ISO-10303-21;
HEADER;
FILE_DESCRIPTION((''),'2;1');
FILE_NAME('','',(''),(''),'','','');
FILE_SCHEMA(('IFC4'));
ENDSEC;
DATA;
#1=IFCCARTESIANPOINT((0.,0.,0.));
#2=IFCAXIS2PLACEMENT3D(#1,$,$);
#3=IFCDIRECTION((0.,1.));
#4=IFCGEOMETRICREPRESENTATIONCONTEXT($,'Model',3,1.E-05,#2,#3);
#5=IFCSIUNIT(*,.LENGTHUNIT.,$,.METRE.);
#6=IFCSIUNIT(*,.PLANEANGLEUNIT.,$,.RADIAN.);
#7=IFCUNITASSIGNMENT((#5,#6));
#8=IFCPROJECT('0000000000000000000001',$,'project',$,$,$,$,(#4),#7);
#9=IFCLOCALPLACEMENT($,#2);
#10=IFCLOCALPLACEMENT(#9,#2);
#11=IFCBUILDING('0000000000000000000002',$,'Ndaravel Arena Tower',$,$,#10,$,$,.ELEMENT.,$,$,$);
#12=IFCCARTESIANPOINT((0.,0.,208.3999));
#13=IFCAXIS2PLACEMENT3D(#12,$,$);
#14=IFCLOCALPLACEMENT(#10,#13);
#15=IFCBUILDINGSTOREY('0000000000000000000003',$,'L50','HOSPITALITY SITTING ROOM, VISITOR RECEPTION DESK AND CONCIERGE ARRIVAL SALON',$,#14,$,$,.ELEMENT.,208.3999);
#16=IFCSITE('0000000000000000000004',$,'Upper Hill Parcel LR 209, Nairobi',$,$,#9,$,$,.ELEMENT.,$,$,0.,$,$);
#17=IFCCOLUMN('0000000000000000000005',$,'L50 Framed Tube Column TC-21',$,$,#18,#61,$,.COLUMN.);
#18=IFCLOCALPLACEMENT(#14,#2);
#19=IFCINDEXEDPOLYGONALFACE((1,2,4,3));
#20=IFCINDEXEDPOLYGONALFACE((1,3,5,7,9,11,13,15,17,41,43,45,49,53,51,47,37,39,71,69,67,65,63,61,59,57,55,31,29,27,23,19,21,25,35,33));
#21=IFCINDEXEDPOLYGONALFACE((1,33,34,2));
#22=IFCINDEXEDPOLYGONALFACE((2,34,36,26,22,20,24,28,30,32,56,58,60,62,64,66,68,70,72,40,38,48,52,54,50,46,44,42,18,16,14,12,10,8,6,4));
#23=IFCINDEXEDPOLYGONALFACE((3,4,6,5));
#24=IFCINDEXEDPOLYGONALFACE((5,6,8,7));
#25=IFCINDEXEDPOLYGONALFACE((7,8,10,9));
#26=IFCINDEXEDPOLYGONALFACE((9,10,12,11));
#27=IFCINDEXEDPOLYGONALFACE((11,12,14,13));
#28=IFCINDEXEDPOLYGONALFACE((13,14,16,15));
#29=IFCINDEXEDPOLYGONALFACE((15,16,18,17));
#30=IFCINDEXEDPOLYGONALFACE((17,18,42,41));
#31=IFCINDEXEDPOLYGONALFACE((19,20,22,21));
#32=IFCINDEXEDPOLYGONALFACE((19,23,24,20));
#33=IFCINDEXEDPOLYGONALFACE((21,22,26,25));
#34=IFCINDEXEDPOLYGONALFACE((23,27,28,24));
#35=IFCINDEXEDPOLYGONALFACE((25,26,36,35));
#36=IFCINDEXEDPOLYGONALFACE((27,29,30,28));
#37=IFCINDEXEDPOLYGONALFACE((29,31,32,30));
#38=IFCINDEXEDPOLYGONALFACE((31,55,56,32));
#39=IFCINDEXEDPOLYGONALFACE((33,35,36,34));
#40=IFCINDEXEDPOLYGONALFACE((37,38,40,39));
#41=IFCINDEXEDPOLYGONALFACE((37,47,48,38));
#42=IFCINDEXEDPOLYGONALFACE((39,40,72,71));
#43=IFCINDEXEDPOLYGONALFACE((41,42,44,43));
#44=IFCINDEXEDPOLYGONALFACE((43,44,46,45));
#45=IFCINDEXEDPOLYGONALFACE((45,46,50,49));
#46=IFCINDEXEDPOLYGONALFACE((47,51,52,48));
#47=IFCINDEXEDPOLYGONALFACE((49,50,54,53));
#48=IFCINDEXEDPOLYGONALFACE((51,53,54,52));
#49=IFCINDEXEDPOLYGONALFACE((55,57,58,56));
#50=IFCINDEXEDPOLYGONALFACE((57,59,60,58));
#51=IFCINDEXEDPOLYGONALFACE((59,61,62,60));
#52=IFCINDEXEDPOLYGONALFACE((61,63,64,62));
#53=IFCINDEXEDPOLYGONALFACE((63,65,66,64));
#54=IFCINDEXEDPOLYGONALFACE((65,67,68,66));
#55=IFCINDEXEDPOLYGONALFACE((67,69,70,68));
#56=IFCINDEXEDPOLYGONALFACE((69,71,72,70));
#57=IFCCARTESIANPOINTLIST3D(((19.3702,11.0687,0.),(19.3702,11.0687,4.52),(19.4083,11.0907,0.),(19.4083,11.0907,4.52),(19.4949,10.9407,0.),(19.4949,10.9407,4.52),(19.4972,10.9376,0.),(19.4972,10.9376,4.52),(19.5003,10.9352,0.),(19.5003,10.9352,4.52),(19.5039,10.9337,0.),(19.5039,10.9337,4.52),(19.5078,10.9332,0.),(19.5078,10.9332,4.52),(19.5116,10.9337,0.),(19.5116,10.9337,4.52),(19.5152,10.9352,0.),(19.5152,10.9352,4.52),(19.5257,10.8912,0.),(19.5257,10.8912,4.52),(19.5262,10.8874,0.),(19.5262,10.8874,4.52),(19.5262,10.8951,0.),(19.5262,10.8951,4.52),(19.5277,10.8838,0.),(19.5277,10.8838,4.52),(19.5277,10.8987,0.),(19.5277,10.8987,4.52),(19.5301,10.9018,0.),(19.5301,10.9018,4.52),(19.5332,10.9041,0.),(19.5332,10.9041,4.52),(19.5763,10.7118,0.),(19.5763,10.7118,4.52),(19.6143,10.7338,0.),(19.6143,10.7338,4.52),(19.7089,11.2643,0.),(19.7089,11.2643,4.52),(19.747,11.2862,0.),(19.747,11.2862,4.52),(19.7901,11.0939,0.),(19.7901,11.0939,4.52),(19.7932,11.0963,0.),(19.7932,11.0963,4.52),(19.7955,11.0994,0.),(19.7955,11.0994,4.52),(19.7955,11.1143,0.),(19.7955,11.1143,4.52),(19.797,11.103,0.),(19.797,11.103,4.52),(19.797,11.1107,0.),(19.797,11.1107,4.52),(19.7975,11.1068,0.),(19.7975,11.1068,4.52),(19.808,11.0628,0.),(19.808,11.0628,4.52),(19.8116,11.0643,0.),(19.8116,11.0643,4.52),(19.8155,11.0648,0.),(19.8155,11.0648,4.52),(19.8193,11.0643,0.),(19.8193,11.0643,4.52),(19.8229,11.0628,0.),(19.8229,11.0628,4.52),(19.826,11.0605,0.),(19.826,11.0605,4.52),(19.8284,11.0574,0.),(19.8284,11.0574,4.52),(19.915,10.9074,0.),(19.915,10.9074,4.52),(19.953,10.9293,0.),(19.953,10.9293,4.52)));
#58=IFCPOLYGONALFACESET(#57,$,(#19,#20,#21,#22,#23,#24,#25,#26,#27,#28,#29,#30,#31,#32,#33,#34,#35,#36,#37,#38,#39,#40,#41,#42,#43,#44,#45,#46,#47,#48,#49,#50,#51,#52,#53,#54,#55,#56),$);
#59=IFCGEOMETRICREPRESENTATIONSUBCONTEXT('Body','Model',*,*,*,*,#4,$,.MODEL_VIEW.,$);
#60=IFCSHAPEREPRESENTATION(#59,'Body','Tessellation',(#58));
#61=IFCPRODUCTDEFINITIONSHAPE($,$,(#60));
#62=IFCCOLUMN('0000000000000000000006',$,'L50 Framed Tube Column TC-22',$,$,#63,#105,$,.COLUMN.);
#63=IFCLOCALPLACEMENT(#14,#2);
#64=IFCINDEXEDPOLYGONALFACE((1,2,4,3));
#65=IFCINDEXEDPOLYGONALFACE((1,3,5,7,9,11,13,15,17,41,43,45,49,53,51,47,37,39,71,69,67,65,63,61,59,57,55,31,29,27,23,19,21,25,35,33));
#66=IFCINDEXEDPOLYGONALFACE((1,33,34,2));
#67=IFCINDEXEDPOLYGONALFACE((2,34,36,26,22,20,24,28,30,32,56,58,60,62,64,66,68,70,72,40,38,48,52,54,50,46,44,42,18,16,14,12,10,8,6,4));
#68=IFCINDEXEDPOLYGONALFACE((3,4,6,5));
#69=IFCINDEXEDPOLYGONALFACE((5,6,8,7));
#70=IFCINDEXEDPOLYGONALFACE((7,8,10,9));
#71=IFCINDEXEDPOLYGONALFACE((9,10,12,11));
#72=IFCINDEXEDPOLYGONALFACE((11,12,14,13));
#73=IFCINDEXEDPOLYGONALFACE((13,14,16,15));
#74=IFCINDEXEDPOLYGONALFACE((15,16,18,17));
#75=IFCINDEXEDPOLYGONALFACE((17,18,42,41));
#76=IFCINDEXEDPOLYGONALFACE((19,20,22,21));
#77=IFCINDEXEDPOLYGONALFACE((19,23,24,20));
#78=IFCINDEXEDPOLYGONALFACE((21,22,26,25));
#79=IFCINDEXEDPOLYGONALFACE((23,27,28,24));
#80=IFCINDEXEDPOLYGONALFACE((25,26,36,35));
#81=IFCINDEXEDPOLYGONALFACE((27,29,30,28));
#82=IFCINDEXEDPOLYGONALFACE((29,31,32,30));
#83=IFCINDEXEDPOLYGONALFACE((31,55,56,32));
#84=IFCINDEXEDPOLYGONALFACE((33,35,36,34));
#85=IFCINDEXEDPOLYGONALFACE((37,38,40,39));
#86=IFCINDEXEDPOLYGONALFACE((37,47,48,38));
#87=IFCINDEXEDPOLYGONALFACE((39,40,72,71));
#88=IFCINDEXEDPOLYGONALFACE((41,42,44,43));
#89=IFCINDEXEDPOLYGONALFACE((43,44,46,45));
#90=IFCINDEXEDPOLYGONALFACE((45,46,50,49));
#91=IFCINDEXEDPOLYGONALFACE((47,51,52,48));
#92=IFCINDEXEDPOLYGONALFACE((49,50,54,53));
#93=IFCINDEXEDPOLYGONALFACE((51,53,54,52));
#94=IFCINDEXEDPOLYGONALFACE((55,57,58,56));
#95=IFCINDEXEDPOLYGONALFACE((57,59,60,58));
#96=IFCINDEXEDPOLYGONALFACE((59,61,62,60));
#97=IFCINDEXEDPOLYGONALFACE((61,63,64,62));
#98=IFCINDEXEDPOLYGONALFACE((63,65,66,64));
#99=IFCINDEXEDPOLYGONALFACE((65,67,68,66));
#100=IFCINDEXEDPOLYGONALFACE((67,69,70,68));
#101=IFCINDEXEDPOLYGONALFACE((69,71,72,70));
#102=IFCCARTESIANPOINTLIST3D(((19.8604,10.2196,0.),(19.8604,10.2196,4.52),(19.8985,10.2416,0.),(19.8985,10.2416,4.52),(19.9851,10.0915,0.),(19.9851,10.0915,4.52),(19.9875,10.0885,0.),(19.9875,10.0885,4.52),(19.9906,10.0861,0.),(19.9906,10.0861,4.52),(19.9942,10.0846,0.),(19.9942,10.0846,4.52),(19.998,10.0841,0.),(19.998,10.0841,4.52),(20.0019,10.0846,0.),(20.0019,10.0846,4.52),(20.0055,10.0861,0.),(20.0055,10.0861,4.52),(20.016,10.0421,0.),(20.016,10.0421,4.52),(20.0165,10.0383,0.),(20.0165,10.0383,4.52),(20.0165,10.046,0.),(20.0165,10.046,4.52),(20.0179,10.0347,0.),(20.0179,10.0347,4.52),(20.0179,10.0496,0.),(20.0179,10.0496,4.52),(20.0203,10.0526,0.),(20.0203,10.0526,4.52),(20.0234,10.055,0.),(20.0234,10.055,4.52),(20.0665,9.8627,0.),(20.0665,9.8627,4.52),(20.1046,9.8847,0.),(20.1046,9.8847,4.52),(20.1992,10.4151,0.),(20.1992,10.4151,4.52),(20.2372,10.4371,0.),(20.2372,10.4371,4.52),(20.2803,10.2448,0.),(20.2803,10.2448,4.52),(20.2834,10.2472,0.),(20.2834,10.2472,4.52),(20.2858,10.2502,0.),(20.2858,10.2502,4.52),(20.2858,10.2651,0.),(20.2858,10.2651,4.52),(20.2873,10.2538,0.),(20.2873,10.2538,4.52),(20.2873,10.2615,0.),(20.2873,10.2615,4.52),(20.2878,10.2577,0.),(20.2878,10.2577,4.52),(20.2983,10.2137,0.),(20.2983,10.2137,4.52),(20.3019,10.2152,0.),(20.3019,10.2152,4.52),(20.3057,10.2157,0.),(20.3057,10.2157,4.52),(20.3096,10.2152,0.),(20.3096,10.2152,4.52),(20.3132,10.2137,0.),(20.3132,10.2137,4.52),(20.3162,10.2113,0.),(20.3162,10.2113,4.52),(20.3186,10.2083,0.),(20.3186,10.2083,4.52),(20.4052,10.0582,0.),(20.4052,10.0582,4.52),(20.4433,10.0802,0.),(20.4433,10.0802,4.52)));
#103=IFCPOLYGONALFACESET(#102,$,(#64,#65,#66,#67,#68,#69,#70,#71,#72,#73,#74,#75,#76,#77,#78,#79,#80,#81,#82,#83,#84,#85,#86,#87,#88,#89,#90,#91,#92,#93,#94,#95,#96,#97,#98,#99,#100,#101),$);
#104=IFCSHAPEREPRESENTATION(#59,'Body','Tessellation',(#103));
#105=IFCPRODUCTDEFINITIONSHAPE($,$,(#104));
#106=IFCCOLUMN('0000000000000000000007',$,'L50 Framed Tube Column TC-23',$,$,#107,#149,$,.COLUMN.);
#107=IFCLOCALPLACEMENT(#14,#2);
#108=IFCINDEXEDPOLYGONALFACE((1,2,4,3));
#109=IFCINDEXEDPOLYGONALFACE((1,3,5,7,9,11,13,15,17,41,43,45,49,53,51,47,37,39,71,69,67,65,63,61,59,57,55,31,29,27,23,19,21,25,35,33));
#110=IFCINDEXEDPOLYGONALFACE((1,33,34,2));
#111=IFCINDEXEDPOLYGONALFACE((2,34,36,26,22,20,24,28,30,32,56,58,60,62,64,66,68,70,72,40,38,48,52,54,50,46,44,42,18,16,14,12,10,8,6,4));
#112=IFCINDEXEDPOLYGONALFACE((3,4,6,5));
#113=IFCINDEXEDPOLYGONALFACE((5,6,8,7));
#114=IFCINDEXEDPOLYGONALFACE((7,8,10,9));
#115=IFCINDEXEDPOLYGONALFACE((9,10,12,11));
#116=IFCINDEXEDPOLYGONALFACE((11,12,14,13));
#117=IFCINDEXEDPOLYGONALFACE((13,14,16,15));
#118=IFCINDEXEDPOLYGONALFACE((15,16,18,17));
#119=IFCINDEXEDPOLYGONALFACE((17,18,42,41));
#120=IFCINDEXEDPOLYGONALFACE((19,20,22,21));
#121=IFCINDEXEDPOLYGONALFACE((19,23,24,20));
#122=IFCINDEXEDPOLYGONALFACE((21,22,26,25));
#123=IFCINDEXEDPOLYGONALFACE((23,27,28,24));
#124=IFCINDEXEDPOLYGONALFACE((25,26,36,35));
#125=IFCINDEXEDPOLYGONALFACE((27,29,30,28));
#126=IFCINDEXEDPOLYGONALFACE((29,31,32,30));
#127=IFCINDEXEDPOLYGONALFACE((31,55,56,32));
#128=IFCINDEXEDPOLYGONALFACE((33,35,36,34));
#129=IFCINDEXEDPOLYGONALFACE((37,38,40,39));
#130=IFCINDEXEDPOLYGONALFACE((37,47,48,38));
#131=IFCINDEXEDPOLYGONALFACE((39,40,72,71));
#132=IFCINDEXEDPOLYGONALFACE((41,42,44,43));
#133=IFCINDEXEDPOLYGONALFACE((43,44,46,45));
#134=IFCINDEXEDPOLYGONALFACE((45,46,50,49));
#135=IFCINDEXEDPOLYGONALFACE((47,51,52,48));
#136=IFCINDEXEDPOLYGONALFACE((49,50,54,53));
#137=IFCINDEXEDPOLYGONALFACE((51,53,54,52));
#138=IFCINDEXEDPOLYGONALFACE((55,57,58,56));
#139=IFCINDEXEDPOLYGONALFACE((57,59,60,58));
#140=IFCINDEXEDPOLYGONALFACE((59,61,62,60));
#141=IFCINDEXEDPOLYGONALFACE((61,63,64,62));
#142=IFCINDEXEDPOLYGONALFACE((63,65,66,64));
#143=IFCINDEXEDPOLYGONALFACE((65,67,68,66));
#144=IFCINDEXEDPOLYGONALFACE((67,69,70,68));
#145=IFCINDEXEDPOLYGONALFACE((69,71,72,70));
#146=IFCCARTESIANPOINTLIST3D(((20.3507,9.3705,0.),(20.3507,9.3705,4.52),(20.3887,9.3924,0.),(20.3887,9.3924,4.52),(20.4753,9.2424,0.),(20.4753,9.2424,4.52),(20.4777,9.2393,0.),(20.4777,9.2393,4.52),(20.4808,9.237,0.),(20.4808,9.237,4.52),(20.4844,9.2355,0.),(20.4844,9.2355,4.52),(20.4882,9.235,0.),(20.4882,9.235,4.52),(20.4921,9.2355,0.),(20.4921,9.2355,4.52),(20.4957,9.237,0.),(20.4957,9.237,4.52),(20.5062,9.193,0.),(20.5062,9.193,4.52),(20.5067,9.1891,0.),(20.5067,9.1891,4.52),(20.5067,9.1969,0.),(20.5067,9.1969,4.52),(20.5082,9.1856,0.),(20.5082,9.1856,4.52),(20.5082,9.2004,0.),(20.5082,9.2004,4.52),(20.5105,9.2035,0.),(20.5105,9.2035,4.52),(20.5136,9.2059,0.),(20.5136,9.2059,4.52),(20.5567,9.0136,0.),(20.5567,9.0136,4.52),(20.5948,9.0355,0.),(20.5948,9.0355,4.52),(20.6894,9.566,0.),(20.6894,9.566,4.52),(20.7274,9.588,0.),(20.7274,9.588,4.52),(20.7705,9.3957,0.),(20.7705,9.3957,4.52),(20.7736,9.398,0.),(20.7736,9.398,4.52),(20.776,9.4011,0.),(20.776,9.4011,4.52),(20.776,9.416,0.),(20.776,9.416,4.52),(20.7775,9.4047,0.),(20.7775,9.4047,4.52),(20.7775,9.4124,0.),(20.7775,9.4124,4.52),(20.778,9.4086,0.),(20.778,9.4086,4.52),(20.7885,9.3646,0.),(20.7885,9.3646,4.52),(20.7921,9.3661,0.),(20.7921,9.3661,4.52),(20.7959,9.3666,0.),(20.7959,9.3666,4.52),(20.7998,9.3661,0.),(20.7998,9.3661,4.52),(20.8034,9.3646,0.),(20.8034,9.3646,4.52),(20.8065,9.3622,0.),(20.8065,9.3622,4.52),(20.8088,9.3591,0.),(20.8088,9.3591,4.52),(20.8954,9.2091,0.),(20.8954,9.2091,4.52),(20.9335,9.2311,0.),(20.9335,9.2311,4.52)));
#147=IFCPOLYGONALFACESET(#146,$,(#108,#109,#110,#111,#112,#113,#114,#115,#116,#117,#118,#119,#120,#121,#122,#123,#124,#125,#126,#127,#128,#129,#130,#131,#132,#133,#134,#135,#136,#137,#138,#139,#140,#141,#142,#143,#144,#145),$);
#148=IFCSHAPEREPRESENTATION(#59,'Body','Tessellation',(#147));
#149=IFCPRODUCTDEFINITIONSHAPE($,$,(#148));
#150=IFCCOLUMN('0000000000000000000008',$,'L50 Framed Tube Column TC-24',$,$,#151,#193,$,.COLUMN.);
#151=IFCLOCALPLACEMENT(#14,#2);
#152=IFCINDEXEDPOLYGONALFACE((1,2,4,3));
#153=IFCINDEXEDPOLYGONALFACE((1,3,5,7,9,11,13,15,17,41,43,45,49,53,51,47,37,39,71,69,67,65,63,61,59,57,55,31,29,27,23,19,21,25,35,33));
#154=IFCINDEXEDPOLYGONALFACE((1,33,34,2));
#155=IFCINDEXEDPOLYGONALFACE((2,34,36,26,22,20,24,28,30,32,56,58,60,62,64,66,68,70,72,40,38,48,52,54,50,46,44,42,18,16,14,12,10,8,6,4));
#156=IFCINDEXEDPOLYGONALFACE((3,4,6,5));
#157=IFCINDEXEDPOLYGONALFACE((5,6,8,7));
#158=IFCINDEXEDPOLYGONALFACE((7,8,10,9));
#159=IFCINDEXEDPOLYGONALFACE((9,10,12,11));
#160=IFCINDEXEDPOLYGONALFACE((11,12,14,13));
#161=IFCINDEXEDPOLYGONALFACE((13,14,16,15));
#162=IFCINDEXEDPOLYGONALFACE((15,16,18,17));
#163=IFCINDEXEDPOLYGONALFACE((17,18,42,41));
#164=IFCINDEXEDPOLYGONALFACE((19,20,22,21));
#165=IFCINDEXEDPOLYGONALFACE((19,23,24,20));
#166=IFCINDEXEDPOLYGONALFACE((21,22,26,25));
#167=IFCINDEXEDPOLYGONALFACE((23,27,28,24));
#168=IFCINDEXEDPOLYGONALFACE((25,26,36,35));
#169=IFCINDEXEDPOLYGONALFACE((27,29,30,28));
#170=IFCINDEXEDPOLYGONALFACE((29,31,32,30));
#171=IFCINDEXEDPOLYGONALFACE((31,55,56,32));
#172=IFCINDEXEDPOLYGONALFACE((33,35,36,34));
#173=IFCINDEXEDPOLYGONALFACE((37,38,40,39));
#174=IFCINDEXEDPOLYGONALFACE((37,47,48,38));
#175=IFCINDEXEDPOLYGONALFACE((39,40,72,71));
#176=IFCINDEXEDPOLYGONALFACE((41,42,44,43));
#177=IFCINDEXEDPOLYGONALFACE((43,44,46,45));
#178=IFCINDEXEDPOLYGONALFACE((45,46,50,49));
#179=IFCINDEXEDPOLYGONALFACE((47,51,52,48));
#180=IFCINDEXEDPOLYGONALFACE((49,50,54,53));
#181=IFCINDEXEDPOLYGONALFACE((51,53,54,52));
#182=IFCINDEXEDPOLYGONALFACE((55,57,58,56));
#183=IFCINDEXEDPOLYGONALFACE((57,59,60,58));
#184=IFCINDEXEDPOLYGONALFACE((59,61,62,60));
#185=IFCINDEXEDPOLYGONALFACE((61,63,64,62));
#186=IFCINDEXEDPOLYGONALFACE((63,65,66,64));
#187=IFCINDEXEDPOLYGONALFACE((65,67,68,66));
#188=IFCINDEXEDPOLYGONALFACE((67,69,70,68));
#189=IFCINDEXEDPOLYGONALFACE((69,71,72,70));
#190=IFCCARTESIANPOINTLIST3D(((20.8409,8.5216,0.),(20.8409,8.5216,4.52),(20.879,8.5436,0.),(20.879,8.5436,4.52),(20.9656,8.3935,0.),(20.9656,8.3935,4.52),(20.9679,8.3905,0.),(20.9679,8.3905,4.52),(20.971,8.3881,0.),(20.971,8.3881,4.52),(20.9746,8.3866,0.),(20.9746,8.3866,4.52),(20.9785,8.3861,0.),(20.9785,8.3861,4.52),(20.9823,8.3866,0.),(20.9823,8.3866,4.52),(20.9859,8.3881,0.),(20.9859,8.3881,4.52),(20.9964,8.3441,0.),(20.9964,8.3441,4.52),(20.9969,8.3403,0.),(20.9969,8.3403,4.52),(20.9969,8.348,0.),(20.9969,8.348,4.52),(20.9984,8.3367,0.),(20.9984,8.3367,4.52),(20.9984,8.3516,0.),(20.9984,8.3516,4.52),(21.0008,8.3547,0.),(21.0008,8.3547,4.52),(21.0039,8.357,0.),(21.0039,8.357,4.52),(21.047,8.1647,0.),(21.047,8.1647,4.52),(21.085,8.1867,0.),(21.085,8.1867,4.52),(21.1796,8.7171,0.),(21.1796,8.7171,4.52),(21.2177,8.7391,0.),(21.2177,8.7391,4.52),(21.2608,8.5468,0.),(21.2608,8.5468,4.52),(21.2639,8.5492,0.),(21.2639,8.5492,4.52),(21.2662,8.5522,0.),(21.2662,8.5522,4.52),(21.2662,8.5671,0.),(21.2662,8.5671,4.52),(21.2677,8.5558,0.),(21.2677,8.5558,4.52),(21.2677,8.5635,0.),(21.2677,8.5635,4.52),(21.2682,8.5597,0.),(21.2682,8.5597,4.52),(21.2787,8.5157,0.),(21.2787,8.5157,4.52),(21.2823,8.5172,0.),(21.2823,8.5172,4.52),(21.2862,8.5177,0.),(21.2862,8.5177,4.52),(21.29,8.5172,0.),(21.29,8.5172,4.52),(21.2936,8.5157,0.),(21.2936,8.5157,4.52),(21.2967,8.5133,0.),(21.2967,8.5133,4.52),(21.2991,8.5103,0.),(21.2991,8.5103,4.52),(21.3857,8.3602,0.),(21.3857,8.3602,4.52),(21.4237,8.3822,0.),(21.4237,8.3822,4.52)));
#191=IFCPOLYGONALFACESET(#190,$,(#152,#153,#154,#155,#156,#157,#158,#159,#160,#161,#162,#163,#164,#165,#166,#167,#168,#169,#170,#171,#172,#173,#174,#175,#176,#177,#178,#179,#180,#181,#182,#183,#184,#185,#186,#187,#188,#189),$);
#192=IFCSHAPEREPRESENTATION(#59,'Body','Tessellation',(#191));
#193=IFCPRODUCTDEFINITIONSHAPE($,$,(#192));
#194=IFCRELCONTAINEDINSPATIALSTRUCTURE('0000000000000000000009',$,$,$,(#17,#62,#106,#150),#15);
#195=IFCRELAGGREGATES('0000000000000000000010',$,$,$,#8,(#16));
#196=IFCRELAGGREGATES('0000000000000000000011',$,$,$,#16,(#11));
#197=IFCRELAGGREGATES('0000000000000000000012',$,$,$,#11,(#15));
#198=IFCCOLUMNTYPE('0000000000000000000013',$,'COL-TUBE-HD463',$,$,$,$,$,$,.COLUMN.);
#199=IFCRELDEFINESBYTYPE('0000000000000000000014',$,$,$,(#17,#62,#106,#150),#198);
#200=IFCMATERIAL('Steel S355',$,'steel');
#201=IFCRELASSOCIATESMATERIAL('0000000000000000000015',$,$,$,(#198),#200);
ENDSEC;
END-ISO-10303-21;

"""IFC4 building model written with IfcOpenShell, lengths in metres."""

from ifc_helpers import new_model, si_unit, direction, frame, origin, origin_2d, place, context, subcontext, project, spatial, i_section, extrude, material, material_profile, profile_set, type_object, element, save


model = new_model("IFC4")

# Units and contexts
model_context = context("Model", 3, precision=1e-05, world=origin(), true_north=direction((0.0, 1.0)))
body_context = subcontext(model_context, "Body", "Model", "MODEL_VIEW")
ifc_project = project(units=[si_unit("LENGTHUNIT", "METRE"), si_unit("PLANEANGLEUNIT", "RADIAN")], contexts=[model_context])

# Site, building, storey
site_placement = place(None, origin())
site = spatial("IfcSite", under=ifc_project, at=site_placement, Name="Upper Hill Parcel LR 209, Nairobi", CompositionType="ELEMENT", RefElevation=0.0)
building_placement = place(site_placement, origin())
building = spatial("IfcBuilding", under=site, at=building_placement, Name="Ndaravel Arena Tower", CompositionType="ELEMENT")
storey_placement = place(building_placement, frame((0.0, 0.0, 208.3999)))
storey = spatial("IfcBuildingStorey", under=building, at=storey_placement, Name="L50", Description="HOSPITALITY SITTING ROOM, VISITOR RECEPTION DESK AND CONCIERGE ARRIVAL SALON", CompositionType="ELEMENT", Elevation=208.3999)

# Columns
ifc_material_1 = material(Name="Steel S355", Category="steel")
ifc_material_profile_1 = material_profile(ifc_material_1, i_section(OverallWidth=0.4121, OverallDepth=0.4351, WebThickness=0.0359, FlangeThickness=0.0439, FilletRadius=0.0149, at=origin_2d()), Name="HD 400x463")
ifc_profile_set_1 = profile_set([ifc_material_profile_1], Name="Steel S355")
column_type = type_object("IfcColumnType", Name="COL-TUBE-HD463", PredefinedType="COLUMN", material=ifc_profile_set_1)
for number, where, z_axis, x_axis, name in (
    (1, (19.6616, 10.999, 0.0), (0.0, 0.0, 1.0), (-0.5, 0.866025, 0.0), "L50 Framed Tube Column TC-21"),
    (2, (20.1519, 10.1499, 0.0), (0.0, 0.0, 1.0), (-0.5, 0.866025, 0.0), "L50 Framed Tube Column TC-22"),
    (3, (20.6421, 9.3008, 0.0), (0.0, 0.0, 1.0), (-0.5, 0.866025, 0.0), "L50 Framed Tube Column TC-23"),
    (4, (21.1323, 8.4519, 0.0), (0.0, 0.0, 1.0), (-0.5, 0.866025, 0.0), "L50 Framed Tube Column TC-24"),
):
    element("IfcColumn", number, at=place(storey_placement, frame(where, z_axis=z_axis, x_axis=x_axis)), inside=storey, type_object=column_type, Name=name, PredefinedType="COLUMN", context=body_context, shape_type="SweptSolid", body=[
        extrude(i_section(OverallWidth=0.4121, OverallDepth=0.4351, WebThickness=0.0359, FlangeThickness=0.0439, FilletRadius=0.0149, at=origin_2d()), origin(), (0.0, 0.0, 1.0), 4.52),
    ])

save(model, "model.ifc")
